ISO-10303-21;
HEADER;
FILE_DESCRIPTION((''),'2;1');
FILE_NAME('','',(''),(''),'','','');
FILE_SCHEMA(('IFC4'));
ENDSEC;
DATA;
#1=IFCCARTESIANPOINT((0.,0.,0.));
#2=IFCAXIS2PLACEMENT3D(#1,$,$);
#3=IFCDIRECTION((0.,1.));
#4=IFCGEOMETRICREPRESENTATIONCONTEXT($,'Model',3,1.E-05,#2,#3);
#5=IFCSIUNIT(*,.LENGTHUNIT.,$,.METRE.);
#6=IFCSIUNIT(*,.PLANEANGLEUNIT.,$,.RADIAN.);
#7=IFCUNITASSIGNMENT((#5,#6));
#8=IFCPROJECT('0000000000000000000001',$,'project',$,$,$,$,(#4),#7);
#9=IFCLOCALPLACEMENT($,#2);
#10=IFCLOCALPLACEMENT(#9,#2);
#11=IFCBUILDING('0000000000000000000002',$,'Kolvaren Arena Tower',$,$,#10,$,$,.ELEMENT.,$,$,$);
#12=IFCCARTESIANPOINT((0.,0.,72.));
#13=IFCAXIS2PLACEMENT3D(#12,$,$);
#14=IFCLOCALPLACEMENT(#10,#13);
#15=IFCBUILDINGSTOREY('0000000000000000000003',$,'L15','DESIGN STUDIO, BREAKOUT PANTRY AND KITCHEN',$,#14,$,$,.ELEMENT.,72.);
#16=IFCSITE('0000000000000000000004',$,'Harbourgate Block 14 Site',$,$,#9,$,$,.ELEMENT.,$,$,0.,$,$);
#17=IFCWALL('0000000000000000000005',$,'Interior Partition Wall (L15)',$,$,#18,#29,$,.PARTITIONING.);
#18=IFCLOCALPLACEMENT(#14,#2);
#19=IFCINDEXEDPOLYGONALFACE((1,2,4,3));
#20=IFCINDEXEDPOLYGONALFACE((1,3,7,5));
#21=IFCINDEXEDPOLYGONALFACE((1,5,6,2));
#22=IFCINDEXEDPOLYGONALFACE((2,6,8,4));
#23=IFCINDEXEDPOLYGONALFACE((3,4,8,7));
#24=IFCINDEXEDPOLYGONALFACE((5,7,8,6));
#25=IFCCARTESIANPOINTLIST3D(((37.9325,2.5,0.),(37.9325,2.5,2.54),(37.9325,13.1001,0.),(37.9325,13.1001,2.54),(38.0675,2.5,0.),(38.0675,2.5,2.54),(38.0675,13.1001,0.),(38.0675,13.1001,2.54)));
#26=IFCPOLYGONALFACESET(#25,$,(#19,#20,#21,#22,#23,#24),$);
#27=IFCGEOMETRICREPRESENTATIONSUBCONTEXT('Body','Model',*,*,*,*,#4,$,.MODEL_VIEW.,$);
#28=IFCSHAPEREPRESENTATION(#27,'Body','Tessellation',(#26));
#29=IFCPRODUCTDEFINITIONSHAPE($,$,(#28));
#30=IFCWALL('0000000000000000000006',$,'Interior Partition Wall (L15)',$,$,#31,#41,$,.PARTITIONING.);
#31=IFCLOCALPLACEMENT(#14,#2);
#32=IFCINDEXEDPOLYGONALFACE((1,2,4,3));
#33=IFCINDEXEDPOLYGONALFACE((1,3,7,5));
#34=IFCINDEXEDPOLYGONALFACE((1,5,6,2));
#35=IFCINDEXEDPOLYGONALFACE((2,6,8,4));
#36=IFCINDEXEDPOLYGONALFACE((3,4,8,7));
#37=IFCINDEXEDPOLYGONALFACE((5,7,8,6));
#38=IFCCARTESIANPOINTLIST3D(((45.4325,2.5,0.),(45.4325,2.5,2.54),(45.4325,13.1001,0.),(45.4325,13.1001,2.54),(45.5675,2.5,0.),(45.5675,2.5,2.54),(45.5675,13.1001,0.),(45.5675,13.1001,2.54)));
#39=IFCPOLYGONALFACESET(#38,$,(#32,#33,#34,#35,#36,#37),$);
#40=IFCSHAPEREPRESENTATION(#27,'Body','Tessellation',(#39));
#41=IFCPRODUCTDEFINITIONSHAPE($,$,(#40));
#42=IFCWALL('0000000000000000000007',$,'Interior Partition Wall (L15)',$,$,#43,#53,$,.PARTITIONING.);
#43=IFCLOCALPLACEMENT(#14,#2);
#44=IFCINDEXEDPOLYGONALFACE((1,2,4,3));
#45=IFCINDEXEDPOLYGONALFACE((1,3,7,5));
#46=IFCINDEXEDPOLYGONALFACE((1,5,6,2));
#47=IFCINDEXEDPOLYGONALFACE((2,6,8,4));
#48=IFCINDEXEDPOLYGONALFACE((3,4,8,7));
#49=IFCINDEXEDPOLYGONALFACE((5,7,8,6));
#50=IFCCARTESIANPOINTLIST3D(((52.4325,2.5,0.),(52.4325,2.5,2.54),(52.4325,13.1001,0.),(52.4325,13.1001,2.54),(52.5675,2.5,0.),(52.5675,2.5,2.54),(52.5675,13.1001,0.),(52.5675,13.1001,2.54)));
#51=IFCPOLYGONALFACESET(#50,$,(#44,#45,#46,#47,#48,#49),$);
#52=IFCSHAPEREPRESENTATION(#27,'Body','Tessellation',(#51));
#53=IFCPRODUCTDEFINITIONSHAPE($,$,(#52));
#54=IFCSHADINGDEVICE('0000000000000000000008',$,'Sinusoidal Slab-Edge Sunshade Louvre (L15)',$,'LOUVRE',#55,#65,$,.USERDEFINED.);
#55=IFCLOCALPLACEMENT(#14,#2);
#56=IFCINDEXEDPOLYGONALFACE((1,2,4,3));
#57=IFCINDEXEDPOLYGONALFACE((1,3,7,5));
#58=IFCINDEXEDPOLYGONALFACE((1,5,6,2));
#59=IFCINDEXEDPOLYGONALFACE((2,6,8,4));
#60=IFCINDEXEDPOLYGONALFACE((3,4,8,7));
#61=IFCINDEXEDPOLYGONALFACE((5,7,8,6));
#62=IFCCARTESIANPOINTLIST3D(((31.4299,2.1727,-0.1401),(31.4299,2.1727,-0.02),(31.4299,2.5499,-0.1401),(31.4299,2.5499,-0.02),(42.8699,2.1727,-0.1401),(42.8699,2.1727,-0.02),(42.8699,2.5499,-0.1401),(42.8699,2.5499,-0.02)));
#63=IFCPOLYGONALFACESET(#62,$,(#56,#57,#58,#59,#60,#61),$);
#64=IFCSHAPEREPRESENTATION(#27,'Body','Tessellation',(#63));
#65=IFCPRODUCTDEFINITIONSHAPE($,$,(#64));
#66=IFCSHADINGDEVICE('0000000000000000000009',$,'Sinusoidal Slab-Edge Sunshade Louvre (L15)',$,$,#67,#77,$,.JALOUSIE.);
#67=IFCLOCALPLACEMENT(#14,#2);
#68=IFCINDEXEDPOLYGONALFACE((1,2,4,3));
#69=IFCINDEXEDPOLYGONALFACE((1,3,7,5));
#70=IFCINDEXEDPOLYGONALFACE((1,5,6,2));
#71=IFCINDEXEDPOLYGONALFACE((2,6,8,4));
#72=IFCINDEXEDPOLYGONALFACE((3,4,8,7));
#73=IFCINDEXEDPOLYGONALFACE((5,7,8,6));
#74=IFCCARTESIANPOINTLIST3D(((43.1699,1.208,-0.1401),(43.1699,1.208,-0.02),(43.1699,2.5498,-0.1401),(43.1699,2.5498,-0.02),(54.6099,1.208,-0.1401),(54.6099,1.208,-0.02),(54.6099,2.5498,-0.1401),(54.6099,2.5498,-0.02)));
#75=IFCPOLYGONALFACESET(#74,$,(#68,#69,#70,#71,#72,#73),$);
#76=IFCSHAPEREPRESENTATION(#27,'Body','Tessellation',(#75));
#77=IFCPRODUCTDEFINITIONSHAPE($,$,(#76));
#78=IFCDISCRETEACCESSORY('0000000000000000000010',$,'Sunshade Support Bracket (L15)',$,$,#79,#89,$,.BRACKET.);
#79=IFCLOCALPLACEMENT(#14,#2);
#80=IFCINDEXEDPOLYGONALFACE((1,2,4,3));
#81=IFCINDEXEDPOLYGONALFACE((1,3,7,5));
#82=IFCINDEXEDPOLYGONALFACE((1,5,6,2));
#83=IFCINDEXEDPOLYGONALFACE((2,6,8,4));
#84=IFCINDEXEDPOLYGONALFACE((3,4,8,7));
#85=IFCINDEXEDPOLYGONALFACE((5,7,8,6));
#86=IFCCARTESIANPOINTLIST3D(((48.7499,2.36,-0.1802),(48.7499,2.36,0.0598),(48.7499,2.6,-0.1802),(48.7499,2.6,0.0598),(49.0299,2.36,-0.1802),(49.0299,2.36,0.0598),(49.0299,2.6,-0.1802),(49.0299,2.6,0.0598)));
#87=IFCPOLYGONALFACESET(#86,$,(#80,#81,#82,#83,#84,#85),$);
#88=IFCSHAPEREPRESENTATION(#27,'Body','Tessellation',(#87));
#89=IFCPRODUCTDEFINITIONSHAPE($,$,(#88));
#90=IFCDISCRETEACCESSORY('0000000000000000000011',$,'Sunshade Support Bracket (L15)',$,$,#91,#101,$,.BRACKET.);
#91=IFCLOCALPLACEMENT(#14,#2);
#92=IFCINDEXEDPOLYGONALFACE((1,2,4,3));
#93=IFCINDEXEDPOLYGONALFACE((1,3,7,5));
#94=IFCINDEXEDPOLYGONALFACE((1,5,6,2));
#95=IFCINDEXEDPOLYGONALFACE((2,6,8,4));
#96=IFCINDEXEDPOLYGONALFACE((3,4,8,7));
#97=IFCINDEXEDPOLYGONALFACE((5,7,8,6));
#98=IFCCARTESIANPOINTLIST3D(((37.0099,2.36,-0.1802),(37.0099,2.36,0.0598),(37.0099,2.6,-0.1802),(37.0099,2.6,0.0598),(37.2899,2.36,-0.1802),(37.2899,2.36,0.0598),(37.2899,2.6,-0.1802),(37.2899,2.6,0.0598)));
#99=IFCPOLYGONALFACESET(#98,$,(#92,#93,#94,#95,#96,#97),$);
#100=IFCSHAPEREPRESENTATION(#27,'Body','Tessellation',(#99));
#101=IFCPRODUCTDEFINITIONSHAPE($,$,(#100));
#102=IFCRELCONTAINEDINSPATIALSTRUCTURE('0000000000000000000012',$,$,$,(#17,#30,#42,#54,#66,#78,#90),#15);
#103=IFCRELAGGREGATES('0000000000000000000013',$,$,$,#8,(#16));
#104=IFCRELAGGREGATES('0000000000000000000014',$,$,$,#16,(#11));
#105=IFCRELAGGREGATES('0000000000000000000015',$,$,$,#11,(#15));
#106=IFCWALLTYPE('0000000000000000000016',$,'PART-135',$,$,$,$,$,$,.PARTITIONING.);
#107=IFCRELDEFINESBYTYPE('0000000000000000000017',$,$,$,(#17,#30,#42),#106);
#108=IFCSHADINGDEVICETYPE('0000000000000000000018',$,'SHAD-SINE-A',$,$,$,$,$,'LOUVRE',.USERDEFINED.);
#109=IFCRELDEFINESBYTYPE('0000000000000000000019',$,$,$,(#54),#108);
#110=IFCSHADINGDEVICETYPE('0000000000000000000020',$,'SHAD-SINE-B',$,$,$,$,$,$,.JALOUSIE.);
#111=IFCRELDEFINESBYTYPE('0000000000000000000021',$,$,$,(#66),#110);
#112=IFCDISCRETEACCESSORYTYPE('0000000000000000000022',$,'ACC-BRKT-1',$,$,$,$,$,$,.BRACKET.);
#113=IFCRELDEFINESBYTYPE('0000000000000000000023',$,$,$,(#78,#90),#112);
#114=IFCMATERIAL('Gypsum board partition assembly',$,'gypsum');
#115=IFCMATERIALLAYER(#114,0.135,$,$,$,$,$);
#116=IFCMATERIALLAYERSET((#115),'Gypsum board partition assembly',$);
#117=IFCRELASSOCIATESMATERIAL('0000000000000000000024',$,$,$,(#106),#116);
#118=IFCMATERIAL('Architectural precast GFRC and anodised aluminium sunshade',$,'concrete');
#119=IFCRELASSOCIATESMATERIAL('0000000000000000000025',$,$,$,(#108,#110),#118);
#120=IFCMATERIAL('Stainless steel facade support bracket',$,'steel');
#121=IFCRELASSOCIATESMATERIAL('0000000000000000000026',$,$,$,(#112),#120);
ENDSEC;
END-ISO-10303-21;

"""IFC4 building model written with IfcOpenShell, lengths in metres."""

from ifc_helpers import new_model, si_unit, direction, frame, frame_2d, origin, origin_2d, place, context, subcontext, project, spatial, rectangle, extrude, material, layer, layer_set, type_object, element, save


model = new_model("IFC4")

# Units and contexts
model_context = context("Model", 3, precision=1e-05, world=origin(), true_north=direction((0.0, 1.0)))
body_context = subcontext(model_context, "Body", "Model", "MODEL_VIEW")
ifc_project = project(units=[si_unit("LENGTHUNIT", "METRE"), si_unit("PLANEANGLEUNIT", "RADIAN")], contexts=[model_context])

# Site, building, storey
site_placement = place(None, origin())
site = spatial("IfcSite", under=ifc_project, at=site_placement, Name="Harbourgate Block 14 Site", CompositionType="ELEMENT", RefElevation=0.0)
building_placement = place(site_placement, origin())
building = spatial("IfcBuilding", under=site, at=building_placement, Name="Kolvaren Arena Tower", CompositionType="ELEMENT")
storey_placement = place(building_placement, frame((0.0, 0.0, 72.0)))
storey = spatial("IfcBuildingStorey", under=building, at=storey_placement, Name="L15", Description="DESIGN STUDIO, BREAKOUT PANTRY AND KITCHEN", CompositionType="ELEMENT", Elevation=72.0)

# Walls
ifc_material_1 = material(Name="Gypsum board partition assembly", Category="gypsum")
ifc_layer_1 = layer(ifc_material_1, 0.135)
ifc_layer_set_1 = layer_set([ifc_layer_1], Name="Gypsum board partition assembly")
wall_type_1 = type_object("IfcWallType", Name="PART-135", PredefinedType="PARTITIONING", material=ifc_layer_set_1)
for number, where, z_axis, x_axis, name in (
    (1, (38.0, 2.5, 0.0), (0.0, 0.0, 1.0), (0.0, 1.0, 0.0), "Interior Partition Wall (L15)"),
    (2, (45.5, 2.5, 0.0), (0.0, 0.0, 1.0), (0.0, 1.0, 0.0), "Interior Partition Wall (L15)"),
    (3, (52.5, 2.5, 0.0), (0.0, 0.0, 1.0), (0.0, 1.0, 0.0), "Interior Partition Wall (L15)"),
):
    element("IfcWall", number, at=place(storey_placement, frame(where, z_axis=z_axis, x_axis=x_axis)), inside=storey, type_object=wall_type_1, Name=name, PredefinedType="PARTITIONING", context=body_context, shape_type="SweptSolid", body=[
        extrude(rectangle(XDim=10.6001, YDim=0.135, at=frame_2d((5.3, 0.0))), origin(), (0.0, 0.0, 1.0), 2.54),
    ])

# Shading devices
ifc_material_2 = material(Name="Architectural precast GFRC and anodised aluminium sunshade", Category="concrete")
shading_device_type_1 = type_object("IfcShadingDeviceType", Name="SHAD-SINE-A", ElementType="LOUVRE", PredefinedType="USERDEFINED", material=ifc_material_2)
shading_device_1_placement = place(storey_placement, frame((37.1499, 2.3613, -0.1401), z_axis=(0.0, 0.0, 1.0), x_axis=(-1.0, 0.0, 0.0)))
element("IfcShadingDevice", 4, at=shading_device_1_placement, inside=storey, type_object=shading_device_type_1, Name="Sinusoidal Slab-Edge Sunshade Louvre (L15)", ObjectType="LOUVRE", PredefinedType="USERDEFINED", context=body_context, shape_type="SweptSolid", body=[
    extrude(rectangle(XDim=11.4399, YDim=0.3772, at=origin_2d()), origin(), (0.0, 0.0, 1.0), 0.1201),
])
shading_device_type_2 = type_object("IfcShadingDeviceType", Name="SHAD-SINE-B", PredefinedType="JALOUSIE", material=ifc_material_2)
shading_device_2_placement = place(storey_placement, frame((48.8899, 1.8789, -0.1401), z_axis=(0.0, 0.0, 1.0), x_axis=(-1.0, 0.0, 0.0)))
element("IfcShadingDevice", 5, at=shading_device_2_placement, inside=storey, type_object=shading_device_type_2, Name="Sinusoidal Slab-Edge Sunshade Louvre (L15)", PredefinedType="JALOUSIE", context=body_context, shape_type="SweptSolid", body=[
    extrude(rectangle(XDim=11.4399, YDim=1.3418, at=origin_2d()), origin(), (0.0, 0.0, 1.0), 0.1201),
])

# Discrete accessories
ifc_material_3 = material(Name="Stainless steel facade support bracket", Category="steel")
discrete_accessory_type = type_object("IfcDiscreteAccessoryType", Name="ACC-BRKT-1", PredefinedType="BRACKET", material=ifc_material_3)
for number, where, z_axis, x_axis, name in (
    (6, (48.8899, 2.48, -0.1802), (0.0, 0.0, 1.0), (-1.0, 0.0, 0.0), "Sunshade Support Bracket (L15)"),
    (7, (37.1499, 2.48, -0.1802), (0.0, 0.0, 1.0), (-1.0, 0.0, 0.0), "Sunshade Support Bracket (L15)"),
):
    element("IfcDiscreteAccessory", number, at=place(storey_placement, frame(where, z_axis=z_axis, x_axis=x_axis)), inside=storey, type_object=discrete_accessory_type, Name=name, PredefinedType="BRACKET", context=body_context, shape_type="SweptSolid", body=[
        extrude(rectangle(XDim=0.28, YDim=0.24, at=origin_2d()), origin(), (0.0, 0.0, 1.0), 0.24),
    ])

save(model, "model.ifc")
